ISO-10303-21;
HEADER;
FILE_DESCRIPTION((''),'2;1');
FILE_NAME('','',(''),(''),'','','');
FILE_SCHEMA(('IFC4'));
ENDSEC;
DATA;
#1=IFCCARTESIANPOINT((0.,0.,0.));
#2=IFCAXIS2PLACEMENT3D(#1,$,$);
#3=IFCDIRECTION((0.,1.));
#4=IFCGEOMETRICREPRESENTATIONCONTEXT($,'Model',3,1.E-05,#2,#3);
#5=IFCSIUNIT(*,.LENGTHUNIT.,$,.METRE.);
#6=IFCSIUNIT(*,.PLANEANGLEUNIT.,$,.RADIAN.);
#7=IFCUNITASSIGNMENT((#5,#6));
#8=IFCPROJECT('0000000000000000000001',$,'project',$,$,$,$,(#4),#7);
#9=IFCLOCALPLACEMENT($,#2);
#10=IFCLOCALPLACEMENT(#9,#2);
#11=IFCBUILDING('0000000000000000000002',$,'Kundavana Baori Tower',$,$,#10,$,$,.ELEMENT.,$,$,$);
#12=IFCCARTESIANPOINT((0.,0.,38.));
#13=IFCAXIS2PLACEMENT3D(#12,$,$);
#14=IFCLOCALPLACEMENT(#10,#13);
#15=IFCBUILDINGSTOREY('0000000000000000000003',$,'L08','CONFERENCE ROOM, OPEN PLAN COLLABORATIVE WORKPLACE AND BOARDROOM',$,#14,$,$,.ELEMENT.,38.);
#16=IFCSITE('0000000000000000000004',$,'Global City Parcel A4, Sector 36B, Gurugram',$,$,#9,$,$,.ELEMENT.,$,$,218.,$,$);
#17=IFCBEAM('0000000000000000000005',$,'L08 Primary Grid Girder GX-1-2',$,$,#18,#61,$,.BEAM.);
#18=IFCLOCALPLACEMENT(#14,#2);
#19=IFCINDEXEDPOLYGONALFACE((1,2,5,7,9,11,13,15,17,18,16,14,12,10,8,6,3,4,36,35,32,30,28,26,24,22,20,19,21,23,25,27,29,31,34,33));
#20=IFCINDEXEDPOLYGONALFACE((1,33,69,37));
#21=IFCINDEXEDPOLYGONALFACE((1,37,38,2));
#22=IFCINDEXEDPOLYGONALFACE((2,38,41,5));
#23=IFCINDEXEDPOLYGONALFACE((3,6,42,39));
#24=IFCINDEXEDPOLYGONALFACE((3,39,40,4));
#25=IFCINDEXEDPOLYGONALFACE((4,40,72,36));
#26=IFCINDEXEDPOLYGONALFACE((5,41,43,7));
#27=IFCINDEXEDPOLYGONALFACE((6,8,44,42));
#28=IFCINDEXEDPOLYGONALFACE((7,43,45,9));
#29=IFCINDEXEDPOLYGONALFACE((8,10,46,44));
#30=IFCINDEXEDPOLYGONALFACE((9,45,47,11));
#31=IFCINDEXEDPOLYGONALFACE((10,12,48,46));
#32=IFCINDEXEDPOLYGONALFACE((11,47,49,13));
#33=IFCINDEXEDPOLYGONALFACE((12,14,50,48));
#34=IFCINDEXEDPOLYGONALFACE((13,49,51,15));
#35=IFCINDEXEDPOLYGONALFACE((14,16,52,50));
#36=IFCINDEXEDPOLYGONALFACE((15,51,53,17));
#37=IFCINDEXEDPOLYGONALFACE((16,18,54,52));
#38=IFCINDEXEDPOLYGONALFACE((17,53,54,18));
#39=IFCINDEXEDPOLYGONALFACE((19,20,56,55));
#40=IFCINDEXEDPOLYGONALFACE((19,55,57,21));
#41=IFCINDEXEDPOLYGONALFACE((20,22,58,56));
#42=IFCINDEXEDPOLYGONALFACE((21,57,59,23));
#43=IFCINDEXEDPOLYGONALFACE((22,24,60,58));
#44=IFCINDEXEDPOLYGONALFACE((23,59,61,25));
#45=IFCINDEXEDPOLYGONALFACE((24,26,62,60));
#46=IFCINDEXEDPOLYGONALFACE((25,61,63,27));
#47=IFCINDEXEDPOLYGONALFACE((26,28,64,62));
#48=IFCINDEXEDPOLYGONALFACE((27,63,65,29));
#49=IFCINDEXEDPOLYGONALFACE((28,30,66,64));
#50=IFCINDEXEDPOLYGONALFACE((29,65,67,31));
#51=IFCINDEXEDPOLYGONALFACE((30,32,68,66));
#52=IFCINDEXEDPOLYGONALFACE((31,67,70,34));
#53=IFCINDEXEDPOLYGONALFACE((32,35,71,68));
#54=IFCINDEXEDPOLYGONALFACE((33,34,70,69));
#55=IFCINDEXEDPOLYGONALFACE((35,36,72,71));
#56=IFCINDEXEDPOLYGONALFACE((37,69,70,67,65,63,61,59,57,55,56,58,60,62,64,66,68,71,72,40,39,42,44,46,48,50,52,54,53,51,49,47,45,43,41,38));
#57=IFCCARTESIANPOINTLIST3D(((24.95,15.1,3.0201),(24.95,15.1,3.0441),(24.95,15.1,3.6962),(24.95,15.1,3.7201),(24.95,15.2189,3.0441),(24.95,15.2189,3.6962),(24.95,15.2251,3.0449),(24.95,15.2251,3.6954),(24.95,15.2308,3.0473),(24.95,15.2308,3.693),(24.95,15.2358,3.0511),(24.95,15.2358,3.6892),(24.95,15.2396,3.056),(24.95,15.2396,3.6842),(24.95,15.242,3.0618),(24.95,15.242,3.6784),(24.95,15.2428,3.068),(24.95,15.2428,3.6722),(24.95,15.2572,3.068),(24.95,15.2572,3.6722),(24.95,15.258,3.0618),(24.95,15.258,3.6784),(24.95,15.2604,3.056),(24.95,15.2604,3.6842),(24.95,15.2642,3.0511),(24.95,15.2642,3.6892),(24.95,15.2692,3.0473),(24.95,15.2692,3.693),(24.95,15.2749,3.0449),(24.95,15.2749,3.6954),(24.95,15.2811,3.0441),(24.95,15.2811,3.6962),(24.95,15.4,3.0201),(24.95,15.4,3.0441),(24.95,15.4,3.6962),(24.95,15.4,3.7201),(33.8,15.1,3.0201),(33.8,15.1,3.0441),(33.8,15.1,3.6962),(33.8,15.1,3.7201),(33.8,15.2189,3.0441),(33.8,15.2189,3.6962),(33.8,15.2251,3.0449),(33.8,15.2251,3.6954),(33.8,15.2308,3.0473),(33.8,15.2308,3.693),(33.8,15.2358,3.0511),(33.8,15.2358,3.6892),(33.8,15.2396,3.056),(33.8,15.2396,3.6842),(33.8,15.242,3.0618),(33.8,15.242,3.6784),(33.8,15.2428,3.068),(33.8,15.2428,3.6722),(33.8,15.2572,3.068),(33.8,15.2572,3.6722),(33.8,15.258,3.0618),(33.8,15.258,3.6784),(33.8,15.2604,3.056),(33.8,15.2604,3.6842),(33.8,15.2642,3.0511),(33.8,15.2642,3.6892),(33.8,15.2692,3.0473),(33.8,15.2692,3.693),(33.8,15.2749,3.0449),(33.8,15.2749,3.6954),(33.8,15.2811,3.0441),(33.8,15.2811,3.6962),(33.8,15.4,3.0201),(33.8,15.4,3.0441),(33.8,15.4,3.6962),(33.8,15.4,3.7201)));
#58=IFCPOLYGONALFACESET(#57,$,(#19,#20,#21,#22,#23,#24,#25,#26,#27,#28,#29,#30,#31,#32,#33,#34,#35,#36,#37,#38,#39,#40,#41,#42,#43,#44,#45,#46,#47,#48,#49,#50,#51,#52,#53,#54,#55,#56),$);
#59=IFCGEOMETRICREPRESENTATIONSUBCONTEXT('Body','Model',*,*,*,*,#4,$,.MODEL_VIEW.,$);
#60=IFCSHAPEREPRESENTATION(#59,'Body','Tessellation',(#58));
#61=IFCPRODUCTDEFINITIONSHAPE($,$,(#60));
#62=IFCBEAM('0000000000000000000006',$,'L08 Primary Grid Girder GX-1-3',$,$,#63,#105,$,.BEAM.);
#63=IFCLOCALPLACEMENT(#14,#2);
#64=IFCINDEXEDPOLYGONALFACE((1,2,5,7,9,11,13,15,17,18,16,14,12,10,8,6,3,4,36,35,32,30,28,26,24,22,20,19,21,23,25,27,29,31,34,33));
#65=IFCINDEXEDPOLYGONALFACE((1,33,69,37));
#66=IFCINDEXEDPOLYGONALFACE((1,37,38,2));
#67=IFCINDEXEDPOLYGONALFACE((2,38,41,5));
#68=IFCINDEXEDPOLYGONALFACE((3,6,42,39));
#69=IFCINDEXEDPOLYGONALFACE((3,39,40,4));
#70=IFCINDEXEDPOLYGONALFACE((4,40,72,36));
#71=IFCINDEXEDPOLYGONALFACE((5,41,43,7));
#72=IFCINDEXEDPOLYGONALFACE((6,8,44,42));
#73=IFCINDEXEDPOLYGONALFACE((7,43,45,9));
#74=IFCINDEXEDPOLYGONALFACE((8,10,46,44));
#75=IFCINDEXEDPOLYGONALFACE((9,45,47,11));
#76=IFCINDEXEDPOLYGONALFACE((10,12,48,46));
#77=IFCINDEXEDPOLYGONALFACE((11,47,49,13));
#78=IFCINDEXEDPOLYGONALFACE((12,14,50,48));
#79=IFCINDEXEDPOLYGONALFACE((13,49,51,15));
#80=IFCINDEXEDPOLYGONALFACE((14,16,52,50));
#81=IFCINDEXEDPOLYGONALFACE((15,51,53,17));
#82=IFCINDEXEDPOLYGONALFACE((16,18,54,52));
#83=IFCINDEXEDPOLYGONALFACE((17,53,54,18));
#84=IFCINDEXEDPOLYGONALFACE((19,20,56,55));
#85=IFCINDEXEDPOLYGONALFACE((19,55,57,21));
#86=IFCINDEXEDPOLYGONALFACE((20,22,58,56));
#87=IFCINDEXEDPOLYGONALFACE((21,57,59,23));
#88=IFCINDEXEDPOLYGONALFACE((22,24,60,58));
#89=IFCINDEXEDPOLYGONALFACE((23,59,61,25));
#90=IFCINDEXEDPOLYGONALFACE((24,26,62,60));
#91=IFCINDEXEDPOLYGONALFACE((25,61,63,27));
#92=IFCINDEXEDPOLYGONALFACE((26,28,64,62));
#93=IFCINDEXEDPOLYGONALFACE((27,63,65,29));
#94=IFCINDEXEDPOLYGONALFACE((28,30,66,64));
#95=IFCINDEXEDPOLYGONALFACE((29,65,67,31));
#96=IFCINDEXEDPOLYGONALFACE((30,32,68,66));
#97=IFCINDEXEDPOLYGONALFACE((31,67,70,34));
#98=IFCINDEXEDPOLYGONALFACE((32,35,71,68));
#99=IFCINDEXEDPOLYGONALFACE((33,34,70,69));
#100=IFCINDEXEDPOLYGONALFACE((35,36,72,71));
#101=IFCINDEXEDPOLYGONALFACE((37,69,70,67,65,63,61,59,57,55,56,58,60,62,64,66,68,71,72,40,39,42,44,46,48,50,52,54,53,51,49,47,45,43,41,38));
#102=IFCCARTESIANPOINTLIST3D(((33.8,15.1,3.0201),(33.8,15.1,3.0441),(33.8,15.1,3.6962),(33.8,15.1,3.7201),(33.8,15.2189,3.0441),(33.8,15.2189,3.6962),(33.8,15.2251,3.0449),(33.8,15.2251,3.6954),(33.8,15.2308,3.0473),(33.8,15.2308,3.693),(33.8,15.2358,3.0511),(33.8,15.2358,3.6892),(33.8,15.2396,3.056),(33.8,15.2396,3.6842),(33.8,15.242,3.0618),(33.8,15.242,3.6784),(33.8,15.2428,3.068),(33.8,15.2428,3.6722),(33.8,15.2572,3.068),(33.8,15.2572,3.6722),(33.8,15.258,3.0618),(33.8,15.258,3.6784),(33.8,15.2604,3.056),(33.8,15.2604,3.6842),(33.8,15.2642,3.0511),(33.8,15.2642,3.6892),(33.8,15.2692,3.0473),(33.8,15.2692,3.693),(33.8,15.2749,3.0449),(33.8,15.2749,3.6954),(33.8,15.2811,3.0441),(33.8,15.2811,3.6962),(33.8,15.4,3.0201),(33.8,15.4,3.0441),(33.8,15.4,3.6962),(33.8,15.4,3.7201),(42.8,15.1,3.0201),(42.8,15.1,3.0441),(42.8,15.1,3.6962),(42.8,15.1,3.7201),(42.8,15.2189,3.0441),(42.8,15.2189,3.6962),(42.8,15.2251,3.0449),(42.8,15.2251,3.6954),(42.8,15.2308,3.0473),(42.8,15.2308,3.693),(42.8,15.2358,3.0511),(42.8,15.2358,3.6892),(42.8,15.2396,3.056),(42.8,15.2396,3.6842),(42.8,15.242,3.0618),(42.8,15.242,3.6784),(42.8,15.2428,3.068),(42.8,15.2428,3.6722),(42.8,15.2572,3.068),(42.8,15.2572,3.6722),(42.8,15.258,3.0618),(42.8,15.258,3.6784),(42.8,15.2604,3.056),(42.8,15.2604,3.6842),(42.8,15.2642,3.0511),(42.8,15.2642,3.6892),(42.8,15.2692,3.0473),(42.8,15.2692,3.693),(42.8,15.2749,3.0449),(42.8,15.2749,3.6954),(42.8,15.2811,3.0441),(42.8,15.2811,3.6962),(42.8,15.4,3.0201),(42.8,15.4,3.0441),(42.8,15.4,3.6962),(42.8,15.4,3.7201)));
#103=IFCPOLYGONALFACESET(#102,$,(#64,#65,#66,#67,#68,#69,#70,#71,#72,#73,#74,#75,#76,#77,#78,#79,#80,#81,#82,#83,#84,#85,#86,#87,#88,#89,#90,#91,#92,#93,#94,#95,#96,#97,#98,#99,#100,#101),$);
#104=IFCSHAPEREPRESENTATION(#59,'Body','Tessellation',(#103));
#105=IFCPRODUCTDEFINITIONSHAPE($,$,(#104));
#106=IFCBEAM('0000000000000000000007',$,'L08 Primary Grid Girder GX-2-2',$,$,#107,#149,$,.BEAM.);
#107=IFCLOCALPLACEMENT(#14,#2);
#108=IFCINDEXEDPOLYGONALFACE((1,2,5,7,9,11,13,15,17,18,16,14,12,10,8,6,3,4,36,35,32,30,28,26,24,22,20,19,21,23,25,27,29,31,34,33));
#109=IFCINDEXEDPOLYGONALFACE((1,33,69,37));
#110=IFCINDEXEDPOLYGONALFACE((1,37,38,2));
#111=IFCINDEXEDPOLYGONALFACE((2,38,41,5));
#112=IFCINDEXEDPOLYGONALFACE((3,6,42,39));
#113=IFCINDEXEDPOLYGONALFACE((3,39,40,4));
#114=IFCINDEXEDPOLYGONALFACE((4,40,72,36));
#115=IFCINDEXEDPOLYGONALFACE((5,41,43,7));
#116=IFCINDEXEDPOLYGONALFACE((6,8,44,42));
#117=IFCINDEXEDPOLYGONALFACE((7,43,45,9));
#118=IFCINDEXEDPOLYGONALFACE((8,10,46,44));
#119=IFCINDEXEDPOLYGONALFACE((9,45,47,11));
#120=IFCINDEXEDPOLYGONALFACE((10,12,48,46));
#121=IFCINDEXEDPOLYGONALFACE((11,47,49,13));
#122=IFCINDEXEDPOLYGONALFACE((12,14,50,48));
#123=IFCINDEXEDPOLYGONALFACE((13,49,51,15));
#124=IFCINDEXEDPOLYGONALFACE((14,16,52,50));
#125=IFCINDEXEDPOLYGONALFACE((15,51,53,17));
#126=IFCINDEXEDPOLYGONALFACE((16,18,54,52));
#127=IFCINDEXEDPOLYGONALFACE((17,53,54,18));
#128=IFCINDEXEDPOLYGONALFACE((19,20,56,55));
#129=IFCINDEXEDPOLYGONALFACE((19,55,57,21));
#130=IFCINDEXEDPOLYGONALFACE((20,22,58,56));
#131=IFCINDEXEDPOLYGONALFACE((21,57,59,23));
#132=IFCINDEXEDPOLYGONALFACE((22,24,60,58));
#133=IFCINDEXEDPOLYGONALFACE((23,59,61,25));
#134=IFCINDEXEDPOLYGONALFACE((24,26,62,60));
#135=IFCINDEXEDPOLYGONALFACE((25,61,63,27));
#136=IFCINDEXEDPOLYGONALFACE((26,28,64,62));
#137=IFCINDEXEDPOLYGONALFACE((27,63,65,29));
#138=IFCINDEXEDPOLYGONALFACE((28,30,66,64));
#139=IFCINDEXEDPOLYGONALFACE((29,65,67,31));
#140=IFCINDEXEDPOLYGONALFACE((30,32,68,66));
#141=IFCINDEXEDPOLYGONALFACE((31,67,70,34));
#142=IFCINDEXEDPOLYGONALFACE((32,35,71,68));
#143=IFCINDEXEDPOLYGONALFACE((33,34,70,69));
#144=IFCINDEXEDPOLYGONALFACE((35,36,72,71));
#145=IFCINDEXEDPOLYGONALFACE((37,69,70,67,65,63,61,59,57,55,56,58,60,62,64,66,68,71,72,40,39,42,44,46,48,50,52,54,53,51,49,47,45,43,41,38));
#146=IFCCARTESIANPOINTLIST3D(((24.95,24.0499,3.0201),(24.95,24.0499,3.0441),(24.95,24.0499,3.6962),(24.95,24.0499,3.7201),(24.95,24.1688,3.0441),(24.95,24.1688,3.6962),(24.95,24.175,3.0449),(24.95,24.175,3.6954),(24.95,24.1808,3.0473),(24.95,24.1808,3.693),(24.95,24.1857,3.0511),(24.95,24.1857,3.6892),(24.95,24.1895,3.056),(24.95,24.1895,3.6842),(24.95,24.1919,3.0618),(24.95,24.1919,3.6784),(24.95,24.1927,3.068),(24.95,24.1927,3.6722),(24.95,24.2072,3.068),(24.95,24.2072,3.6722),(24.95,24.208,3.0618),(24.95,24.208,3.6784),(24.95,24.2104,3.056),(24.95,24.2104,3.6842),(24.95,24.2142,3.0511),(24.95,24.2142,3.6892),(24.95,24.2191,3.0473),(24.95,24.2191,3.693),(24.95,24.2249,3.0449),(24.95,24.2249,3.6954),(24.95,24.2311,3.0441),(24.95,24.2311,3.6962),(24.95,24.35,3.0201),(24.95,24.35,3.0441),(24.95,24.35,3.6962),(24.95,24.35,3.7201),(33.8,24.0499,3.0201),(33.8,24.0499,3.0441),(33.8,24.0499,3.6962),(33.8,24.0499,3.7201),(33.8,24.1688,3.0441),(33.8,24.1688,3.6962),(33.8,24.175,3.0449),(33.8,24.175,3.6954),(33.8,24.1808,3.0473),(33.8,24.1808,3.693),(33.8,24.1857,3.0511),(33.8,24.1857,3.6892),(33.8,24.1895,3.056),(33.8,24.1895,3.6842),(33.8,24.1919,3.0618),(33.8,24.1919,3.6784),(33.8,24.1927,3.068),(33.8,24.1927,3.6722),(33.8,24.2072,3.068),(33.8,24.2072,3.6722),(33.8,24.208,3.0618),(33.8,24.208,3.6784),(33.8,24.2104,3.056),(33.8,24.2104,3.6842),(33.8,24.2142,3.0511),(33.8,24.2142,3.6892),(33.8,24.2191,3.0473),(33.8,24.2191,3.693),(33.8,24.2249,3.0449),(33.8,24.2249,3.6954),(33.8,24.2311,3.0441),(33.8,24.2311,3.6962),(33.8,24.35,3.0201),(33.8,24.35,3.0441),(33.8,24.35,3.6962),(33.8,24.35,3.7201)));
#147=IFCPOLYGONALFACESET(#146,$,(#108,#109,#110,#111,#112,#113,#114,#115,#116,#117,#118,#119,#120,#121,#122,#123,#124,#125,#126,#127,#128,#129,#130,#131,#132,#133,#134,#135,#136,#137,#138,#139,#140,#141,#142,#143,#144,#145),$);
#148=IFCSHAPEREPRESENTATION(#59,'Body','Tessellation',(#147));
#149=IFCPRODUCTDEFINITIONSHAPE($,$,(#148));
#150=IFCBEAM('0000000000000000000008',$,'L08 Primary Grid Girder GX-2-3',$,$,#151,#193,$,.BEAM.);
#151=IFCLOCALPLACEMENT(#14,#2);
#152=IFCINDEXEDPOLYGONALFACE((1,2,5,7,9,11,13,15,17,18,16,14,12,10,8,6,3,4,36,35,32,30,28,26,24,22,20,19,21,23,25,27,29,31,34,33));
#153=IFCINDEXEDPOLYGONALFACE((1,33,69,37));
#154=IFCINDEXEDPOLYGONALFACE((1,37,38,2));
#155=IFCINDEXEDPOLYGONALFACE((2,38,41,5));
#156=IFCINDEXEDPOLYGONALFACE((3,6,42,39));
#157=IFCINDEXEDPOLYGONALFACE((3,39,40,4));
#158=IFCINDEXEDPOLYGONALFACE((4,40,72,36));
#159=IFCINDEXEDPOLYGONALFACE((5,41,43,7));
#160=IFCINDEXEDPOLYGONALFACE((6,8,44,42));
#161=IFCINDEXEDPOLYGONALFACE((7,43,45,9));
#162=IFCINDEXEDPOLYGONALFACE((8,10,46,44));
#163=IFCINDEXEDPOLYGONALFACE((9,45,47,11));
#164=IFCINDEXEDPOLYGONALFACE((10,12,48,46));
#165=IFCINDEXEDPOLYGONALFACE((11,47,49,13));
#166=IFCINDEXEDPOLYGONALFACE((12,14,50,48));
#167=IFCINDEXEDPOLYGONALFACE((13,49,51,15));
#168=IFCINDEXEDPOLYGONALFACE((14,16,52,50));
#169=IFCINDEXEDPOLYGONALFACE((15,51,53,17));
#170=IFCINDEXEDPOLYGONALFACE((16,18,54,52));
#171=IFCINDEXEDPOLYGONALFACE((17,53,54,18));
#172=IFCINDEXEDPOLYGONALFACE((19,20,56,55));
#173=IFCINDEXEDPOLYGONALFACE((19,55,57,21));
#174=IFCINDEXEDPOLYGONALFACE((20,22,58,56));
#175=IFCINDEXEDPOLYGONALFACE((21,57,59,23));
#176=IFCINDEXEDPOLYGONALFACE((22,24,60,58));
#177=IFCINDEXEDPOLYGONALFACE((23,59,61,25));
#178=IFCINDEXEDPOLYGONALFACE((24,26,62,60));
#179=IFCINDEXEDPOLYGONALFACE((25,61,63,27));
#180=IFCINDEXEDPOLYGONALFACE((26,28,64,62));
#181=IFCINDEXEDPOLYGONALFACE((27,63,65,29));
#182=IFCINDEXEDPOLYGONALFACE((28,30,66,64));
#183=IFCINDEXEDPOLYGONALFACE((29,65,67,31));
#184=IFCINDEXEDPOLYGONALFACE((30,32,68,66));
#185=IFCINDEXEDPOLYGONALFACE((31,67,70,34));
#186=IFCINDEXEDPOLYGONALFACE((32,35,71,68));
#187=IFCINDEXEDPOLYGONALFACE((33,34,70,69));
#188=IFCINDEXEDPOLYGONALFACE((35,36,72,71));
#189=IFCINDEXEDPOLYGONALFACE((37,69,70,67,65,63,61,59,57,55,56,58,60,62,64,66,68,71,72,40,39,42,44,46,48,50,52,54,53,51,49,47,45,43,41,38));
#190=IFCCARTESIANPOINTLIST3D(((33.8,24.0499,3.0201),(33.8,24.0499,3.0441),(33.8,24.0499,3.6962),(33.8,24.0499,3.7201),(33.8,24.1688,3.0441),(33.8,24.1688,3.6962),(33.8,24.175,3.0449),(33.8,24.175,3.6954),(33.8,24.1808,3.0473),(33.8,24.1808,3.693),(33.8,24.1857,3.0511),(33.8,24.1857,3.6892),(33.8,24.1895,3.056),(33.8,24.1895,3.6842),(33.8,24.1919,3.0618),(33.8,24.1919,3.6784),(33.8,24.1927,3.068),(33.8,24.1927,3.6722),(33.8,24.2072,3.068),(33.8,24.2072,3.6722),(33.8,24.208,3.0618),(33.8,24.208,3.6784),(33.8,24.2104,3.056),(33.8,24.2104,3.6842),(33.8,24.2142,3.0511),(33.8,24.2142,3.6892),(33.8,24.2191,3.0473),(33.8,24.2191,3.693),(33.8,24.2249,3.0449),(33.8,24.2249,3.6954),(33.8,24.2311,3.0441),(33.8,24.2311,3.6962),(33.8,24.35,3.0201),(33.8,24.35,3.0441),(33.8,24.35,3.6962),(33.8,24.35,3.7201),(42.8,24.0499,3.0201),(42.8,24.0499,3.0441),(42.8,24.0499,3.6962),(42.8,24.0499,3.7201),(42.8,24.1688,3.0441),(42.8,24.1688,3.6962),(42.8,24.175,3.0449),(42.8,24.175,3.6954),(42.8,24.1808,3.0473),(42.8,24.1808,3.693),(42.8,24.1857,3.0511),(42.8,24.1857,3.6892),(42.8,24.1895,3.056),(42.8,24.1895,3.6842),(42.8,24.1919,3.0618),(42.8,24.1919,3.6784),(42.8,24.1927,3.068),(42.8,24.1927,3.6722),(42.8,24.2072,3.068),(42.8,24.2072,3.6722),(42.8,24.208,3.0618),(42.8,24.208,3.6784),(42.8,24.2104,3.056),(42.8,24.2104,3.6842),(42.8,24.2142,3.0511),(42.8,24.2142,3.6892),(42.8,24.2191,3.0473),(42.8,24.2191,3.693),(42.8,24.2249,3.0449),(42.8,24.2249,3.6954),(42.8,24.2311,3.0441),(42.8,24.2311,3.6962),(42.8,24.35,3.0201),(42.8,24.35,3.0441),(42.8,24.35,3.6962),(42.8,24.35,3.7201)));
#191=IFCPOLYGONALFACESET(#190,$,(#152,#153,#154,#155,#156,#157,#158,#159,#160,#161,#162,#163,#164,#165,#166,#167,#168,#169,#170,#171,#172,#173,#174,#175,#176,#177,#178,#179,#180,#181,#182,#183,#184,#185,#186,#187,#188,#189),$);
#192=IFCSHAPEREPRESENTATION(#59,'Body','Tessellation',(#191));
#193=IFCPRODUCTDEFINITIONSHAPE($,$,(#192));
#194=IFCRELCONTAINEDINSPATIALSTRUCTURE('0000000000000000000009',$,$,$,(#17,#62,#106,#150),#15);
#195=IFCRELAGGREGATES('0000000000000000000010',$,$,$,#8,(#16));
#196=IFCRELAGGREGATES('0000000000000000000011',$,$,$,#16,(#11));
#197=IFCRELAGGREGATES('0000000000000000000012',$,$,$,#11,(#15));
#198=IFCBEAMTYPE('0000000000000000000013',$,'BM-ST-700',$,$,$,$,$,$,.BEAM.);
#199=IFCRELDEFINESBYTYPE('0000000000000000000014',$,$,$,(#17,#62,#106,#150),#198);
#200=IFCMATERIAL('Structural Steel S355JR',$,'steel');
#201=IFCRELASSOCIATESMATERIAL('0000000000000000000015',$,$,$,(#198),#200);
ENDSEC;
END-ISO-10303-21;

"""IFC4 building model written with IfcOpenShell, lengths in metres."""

from ifc_helpers import new_model, si_unit, direction, frame, origin, origin_2d, place, context, subcontext, project, spatial, i_section, extrude, material, material_profile, profile_set, type_object, element, save


model = new_model("IFC4")

# Units and contexts
model_context = context("Model", 3, precision=1e-05, world=origin(), true_north=direction((0.0, 1.0)))
body_context = subcontext(model_context, "Body", "Model", "MODEL_VIEW")
ifc_project = project(units=[si_unit("LENGTHUNIT", "METRE"), si_unit("PLANEANGLEUNIT", "RADIAN")], contexts=[model_context])

# Site, building, storey
site_placement = place(None, origin())
site = spatial("IfcSite", under=ifc_project, at=site_placement, Name="Global City Parcel A4, Sector 36B, Gurugram", CompositionType="ELEMENT", RefElevation=218.0)
building_placement = place(site_placement, origin())
building = spatial("IfcBuilding", under=site, at=building_placement, Name="Kundavana Baori Tower", CompositionType="ELEMENT")
storey_placement = place(building_placement, frame((0.0, 0.0, 38.0)))
storey = spatial("IfcBuildingStorey", under=building, at=storey_placement, Name="L08", Description="CONFERENCE ROOM, OPEN PLAN COLLABORATIVE WORKPLACE AND BOARDROOM", CompositionType="ELEMENT", Elevation=38.0)

# Beams
ifc_material_1 = material(Name="Structural Steel S355JR", Category="steel")
ifc_material_profile_1 = material_profile(ifc_material_1, i_section(OverallWidth=0.3, OverallDepth=0.7, WebThickness=0.0144, FlangeThickness=0.0239, FilletRadius=0.0239, at=origin_2d()), Name="NPB 700x300x170")
ifc_profile_set_1 = profile_set([ifc_material_profile_1], Name="Structural Steel S355JR")
beam_type_1 = type_object("IfcBeamType", Name="BM-ST-700", PredefinedType="BEAM", material=ifc_profile_set_1)
beam_1_placement = place(storey_placement, frame((24.95, 15.25, 3.3701), z_axis=(1.0, 0.0, 0.0), x_axis=(0.0, 1.0, 0.0)))
element("IfcBeam", 1, at=beam_1_placement, inside=storey, type_object=beam_type_1, Name="L08 Primary Grid Girder GX-1-2", PredefinedType="BEAM", context=body_context, shape_type="SweptSolid", body=[
    extrude(i_section(OverallWidth=0.3, OverallDepth=0.7, WebThickness=0.0144, FlangeThickness=0.0239, FilletRadius=0.0239, at=origin_2d()), origin(), (0.0, 0.0, 1.0), 8.8501),
])
beam_2_placement = place(storey_placement, frame((33.8, 15.25, 3.3701), z_axis=(1.0, 0.0, 0.0), x_axis=(0.0, 1.0, 0.0)))
element("IfcBeam", 2, at=beam_2_placement, inside=storey, type_object=beam_type_1, Name="L08 Primary Grid Girder GX-1-3", PredefinedType="BEAM", context=body_context, shape_type="SweptSolid", body=[
    extrude(i_section(OverallWidth=0.3, OverallDepth=0.7, WebThickness=0.0144, FlangeThickness=0.0239, FilletRadius=0.0239, at=origin_2d()), origin(), (0.0, 0.0, 1.0), 9.0),
])
beam_3_placement = place(storey_placement, frame((24.95, 24.2, 3.3701), z_axis=(1.0, 0.0, 0.0), x_axis=(0.0, 1.0, 0.0)))
element("IfcBeam", 3, at=beam_3_placement, inside=storey, type_object=beam_type_1, Name="L08 Primary Grid Girder GX-2-2", PredefinedType="BEAM", context=body_context, shape_type="SweptSolid", body=[
    extrude(i_section(OverallWidth=0.3, OverallDepth=0.7, WebThickness=0.0144, FlangeThickness=0.0239, FilletRadius=0.0239, at=origin_2d()), origin(), (0.0, 0.0, 1.0), 8.8501),
])
beam_4_placement = place(storey_placement, frame((33.8, 24.2, 3.3701), z_axis=(1.0, 0.0, 0.0), x_axis=(0.0, 1.0, 0.0)))
element("IfcBeam", 4, at=beam_4_placement, inside=storey, type_object=beam_type_1, Name="L08 Primary Grid Girder GX-2-3", PredefinedType="BEAM", context=body_context, shape_type="SweptSolid", body=[
    extrude(i_section(OverallWidth=0.3, OverallDepth=0.7, WebThickness=0.0144, FlangeThickness=0.0239, FilletRadius=0.0239, at=origin_2d()), origin(), (0.0, 0.0, 1.0), 9.0),
])

save(model, "model.ifc")
